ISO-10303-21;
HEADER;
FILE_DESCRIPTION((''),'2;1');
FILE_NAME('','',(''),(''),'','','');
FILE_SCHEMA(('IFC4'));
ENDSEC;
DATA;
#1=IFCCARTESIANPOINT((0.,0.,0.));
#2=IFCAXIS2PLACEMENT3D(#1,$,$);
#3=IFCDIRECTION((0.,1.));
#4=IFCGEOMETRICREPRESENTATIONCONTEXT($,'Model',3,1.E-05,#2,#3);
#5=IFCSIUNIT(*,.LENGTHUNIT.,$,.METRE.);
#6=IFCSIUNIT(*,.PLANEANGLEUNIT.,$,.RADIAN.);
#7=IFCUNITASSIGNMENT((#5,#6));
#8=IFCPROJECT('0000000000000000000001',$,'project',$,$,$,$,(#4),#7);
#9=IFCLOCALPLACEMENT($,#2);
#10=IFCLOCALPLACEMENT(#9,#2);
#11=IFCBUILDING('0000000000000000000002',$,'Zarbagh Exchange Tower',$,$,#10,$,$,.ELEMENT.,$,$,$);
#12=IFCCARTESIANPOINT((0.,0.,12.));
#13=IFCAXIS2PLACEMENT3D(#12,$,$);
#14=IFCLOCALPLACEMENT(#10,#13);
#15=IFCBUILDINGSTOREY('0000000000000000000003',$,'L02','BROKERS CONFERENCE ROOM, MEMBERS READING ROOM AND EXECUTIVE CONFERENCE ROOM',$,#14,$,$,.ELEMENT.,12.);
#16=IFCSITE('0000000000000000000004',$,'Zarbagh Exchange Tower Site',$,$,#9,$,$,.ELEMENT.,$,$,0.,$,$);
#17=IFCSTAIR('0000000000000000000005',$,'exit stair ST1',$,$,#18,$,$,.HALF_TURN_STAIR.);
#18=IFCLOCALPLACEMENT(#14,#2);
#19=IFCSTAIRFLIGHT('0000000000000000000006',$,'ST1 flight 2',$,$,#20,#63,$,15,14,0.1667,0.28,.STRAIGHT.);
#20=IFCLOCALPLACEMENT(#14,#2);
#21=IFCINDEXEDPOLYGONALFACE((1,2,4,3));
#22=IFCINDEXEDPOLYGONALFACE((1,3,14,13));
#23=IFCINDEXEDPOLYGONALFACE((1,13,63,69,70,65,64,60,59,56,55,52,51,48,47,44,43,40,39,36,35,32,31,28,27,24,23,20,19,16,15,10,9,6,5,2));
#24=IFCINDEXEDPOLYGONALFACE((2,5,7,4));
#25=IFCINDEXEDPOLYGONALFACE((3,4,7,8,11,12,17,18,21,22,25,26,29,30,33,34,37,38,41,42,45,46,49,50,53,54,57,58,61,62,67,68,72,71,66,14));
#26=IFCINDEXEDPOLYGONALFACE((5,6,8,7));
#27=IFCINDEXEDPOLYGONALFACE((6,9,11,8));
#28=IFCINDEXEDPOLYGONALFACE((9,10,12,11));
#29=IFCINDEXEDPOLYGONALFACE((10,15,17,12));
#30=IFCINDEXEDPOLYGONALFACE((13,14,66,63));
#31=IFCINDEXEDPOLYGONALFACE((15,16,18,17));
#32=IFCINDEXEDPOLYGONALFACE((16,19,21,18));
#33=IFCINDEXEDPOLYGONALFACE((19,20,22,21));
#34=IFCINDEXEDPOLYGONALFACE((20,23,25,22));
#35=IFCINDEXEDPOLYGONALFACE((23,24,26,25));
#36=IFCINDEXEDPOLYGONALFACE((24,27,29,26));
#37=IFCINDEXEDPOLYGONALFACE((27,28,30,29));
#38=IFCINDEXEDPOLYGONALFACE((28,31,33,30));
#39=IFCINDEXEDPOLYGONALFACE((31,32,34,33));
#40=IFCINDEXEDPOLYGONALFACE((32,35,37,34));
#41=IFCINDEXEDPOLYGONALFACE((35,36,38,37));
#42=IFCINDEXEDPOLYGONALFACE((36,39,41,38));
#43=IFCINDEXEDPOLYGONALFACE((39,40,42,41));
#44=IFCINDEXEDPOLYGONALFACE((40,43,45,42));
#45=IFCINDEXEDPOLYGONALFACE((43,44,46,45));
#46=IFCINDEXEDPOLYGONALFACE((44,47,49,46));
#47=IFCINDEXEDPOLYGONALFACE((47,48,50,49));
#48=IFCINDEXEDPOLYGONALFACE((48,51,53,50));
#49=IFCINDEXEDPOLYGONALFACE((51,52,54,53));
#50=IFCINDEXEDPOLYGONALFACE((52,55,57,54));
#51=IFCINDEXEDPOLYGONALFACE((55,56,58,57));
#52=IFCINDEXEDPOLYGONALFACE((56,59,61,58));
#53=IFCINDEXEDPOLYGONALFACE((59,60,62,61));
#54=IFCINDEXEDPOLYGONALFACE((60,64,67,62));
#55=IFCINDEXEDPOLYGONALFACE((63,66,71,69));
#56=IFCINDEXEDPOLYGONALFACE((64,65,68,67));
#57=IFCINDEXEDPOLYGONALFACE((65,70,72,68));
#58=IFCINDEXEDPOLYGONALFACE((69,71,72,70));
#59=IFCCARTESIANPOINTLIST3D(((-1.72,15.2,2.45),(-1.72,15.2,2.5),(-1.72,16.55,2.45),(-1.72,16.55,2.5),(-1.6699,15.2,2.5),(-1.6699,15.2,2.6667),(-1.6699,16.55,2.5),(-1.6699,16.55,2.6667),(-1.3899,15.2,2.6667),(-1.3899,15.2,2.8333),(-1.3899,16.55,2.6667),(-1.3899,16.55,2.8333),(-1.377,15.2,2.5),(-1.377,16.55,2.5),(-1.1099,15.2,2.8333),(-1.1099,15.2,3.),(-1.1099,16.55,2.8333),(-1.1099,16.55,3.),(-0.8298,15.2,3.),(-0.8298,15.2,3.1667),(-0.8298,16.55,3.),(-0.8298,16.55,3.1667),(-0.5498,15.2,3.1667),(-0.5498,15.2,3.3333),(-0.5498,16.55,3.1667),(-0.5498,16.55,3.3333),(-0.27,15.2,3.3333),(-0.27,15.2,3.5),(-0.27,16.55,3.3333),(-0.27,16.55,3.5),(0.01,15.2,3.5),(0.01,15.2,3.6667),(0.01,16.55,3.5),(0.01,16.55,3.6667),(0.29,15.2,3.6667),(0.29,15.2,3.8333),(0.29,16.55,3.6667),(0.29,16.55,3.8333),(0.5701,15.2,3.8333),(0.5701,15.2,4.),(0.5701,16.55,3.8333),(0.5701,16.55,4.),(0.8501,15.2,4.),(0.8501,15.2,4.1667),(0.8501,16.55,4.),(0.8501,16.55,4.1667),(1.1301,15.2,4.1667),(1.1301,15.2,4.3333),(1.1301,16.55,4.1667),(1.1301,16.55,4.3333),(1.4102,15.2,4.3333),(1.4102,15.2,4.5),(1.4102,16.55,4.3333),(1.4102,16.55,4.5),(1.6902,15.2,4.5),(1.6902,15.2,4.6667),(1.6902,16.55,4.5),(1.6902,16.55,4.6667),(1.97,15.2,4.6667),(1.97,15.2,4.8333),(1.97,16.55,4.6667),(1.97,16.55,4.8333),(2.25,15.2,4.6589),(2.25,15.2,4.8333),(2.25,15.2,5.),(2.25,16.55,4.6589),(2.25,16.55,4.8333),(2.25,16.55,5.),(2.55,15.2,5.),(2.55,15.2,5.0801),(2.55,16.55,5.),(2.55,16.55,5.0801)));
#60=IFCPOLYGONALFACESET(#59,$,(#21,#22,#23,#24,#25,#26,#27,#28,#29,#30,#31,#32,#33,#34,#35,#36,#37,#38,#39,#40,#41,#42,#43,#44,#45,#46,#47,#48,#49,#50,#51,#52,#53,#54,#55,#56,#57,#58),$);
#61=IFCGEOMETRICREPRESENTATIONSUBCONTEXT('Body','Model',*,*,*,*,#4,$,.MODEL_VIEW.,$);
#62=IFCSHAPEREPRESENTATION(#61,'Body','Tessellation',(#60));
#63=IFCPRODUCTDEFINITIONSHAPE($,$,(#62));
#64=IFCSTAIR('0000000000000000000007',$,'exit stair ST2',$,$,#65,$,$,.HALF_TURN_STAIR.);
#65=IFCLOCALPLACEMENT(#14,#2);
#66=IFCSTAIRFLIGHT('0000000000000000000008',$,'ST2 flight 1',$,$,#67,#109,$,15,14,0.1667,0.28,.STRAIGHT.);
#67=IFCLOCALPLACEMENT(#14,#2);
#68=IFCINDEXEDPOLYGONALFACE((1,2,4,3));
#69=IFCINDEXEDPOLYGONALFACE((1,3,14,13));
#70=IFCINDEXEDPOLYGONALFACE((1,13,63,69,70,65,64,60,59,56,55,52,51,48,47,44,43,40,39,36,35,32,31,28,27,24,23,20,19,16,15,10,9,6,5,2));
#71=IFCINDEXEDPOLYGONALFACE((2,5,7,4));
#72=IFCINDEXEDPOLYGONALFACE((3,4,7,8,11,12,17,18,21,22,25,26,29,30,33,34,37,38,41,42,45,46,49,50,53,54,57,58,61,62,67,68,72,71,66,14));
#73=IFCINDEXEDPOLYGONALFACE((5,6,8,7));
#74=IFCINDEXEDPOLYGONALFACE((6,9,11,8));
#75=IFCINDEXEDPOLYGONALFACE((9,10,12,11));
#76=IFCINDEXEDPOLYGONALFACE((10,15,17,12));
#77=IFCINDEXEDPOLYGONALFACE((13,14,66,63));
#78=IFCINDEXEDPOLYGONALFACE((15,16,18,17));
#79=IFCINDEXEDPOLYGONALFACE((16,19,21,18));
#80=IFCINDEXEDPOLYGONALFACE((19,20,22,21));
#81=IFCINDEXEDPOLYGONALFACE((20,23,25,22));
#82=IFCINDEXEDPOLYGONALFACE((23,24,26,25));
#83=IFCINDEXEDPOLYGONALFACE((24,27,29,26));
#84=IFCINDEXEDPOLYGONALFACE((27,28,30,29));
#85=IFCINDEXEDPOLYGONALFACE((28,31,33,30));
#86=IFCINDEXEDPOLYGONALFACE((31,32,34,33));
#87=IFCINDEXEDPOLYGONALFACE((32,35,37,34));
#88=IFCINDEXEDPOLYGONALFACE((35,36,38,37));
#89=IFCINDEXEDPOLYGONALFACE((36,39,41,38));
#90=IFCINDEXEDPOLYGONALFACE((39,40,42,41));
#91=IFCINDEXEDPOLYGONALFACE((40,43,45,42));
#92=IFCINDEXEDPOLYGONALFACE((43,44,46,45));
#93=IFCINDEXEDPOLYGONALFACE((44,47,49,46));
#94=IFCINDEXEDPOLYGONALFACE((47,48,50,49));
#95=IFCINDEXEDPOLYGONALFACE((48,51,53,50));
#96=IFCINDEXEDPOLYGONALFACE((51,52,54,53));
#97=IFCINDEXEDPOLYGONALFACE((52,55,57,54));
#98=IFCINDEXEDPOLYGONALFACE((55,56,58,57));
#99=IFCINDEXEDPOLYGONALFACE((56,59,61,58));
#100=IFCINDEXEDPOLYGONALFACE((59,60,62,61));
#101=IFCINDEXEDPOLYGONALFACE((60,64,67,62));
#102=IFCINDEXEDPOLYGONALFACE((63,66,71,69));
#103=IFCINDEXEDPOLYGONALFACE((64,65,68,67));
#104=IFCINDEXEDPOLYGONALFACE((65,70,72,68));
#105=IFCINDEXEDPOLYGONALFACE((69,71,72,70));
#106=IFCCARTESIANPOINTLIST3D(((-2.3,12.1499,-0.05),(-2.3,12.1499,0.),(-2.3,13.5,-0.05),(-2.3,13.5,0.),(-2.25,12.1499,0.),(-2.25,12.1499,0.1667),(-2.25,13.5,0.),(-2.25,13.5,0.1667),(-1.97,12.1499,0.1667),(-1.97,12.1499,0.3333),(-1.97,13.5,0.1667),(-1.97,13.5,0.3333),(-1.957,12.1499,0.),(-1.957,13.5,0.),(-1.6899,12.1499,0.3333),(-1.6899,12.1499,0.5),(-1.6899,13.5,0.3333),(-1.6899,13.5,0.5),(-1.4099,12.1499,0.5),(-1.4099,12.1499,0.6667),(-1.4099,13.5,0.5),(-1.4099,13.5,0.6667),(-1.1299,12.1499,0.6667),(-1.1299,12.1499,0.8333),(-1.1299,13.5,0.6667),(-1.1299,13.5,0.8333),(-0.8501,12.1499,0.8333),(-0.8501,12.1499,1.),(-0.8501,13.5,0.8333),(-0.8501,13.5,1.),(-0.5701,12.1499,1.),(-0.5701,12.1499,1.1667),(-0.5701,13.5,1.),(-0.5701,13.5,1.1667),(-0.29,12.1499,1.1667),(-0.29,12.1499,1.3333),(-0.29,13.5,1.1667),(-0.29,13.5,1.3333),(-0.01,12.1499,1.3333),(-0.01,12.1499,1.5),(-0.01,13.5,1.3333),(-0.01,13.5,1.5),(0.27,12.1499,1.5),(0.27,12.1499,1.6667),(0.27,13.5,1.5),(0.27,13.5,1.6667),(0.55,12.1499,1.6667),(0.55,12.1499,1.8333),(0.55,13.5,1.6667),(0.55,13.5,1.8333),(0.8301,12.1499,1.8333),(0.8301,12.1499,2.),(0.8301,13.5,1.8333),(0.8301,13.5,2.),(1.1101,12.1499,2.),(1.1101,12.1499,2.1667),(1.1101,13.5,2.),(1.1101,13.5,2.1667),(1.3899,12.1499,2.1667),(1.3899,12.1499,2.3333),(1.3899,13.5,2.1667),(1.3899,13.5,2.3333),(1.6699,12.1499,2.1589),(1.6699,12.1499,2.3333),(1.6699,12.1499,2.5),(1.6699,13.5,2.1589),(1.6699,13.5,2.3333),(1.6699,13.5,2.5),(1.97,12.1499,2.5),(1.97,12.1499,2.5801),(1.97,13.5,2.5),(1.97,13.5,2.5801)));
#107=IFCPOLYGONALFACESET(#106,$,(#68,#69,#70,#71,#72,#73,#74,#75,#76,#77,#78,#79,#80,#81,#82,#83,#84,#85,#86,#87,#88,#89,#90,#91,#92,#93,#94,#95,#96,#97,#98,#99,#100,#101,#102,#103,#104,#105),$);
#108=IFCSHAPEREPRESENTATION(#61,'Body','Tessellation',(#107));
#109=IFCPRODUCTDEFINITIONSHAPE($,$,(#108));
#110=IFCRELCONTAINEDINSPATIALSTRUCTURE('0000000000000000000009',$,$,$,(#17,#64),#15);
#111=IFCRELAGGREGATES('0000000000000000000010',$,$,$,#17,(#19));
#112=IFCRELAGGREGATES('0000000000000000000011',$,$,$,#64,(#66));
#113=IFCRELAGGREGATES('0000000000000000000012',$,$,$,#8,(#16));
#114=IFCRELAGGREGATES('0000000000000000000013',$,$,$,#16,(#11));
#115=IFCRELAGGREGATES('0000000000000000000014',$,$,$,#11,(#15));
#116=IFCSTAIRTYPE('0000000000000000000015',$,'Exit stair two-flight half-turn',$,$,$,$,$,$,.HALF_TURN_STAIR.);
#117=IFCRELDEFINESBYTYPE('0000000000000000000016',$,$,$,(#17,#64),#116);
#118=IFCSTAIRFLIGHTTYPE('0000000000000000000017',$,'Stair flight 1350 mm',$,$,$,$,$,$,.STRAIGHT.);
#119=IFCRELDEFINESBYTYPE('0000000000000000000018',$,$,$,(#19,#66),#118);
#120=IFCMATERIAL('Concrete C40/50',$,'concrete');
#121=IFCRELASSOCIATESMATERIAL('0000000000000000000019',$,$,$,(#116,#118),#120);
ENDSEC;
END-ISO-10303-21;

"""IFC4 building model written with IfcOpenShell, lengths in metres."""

from ifc_helpers import new_model, si_unit, direction, frame, origin, place, context, subcontext, project, spatial, polyline, outline, extrude, material, type_object, element, aggregate, save


model = new_model("IFC4")

# Units and contexts
model_context = context("Model", 3, precision=1e-05, world=origin(), true_north=direction((0.0, 1.0)))
body_context = subcontext(model_context, "Body", "Model", "MODEL_VIEW")
ifc_project = project(units=[si_unit("LENGTHUNIT", "METRE"), si_unit("PLANEANGLEUNIT", "RADIAN")], contexts=[model_context])

# Site, building, storey
site_placement = place(None, origin())
site = spatial("IfcSite", under=ifc_project, at=site_placement, Name="Zarbagh Exchange Tower Site", CompositionType="ELEMENT", RefElevation=0.0)
building_placement = place(site_placement, origin())
building = spatial("IfcBuilding", under=site, at=building_placement, Name="Zarbagh Exchange Tower", CompositionType="ELEMENT")
storey_placement = place(building_placement, frame((0.0, 0.0, 12.0)))
storey = spatial("IfcBuildingStorey", under=building, at=storey_placement, Name="L02", Description="BROKERS CONFERENCE ROOM, MEMBERS READING ROOM AND EXECUTIVE CONFERENCE ROOM", CompositionType="ELEMENT", Elevation=12.0)

# Shared definitions
ifc_material_1 = material(Name="Concrete C40/50", Category="concrete")

# Stairs, stair flights
stair_type = type_object("IfcStairType", Name="Exit stair two-flight half-turn", PredefinedType="HALF_TURN_STAIR", material=ifc_material_1)
stair_1_placement = place(storey_placement, origin())
stair_1 = element("IfcStair", 1, at=stair_1_placement, inside=storey, type_object=stair_type, Name="exit stair ST1", PredefinedType="HALF_TURN_STAIR")
stair_flight_type = type_object("IfcStairFlightType", Name="Stair flight 1350 mm", PredefinedType="STRAIGHT", material=ifc_material_1)
stair_flight_1_placement = place(storey_placement, frame((-1.6699, 15.875, 2.5), z_axis=(0.0, 0.0, 1.0), x_axis=(1.0, 0.0, 0.0)))
stair_flight_1 = element("IfcStairFlight", 2, at=stair_flight_1_placement, type_object=stair_flight_type, Name="ST1 flight 2", NumberOfRisers=15, NumberOfTreads=14, PredefinedType="STRAIGHT", RiserHeight=0.1667, TreadLength=0.28, context=body_context, shape_type="SweptSolid", body=[
    extrude(outline(polyline([(-0.05, -0.05), (-0.05, 0.0), (0.0, 0.0), (0.0, 0.1667), (0.28, 0.1667), (0.28, 0.3333), (0.5601, 0.3333), (0.5601, 0.5), (0.8401, 0.5), (0.8401, 0.6667), (1.1201, 0.6667), (1.1201, 0.8333), (1.3999, 0.8333), (1.3999, 1.0), (1.6799, 1.0), (1.6799, 1.1667), (1.96, 1.1667), (1.96, 1.3333), (2.24, 1.3333), (2.24, 1.5), (2.52, 1.5), (2.52, 1.6667), (2.8, 1.6667), (2.8, 1.8333), (3.0801, 1.8333), (3.0801, 2.0), (3.3601, 2.0), (3.3601, 2.1667), (3.6399, 2.1667), (3.6399, 2.3333), (3.9199, 2.3333), (3.9199, 2.5), (4.22, 2.5801), (4.22, 2.5), (3.9199, 2.1589), (0.293, 0.0), (-0.05, -0.05)])), frame((0.0, 0.675, 0.0), z_axis=(0.0, -1.0, 0.0), x_axis=(1.0, 0.0, 0.0)), (0.0, 0.0, 1.0), 1.3501),
])
aggregate(stair_1, [stair_flight_1])
stair_2_placement = place(storey_placement, origin())
stair_2 = element("IfcStair", 3, at=stair_2_placement, inside=storey, type_object=stair_type, Name="exit stair ST2", PredefinedType="HALF_TURN_STAIR")
stair_flight_2_placement = place(storey_placement, frame((-2.25, 12.825, 0.0), z_axis=(0.0, 0.0, 1.0), x_axis=(1.0, 0.0, 0.0)))
stair_flight_2 = element("IfcStairFlight", 4, at=stair_flight_2_placement, type_object=stair_flight_type, Name="ST2 flight 1", NumberOfRisers=15, NumberOfTreads=14, PredefinedType="STRAIGHT", RiserHeight=0.1667, TreadLength=0.28, context=body_context, shape_type="SweptSolid", body=[
    extrude(outline(polyline([(-0.05, -0.05), (-0.05, 0.0), (0.0, 0.0), (0.0, 0.1667), (0.28, 0.1667), (0.28, 0.3333), (0.5601, 0.3333), (0.5601, 0.5), (0.8401, 0.5), (0.8401, 0.6667), (1.1201, 0.6667), (1.1201, 0.8333), (1.3999, 0.8333), (1.3999, 1.0), (1.6799, 1.0), (1.6799, 1.1667), (1.96, 1.1667), (1.96, 1.3333), (2.24, 1.3333), (2.24, 1.5), (2.52, 1.5), (2.52, 1.6667), (2.8, 1.6667), (2.8, 1.8333), (3.0801, 1.8333), (3.0801, 2.0), (3.3601, 2.0), (3.3601, 2.1667), (3.6399, 2.1667), (3.6399, 2.3333), (3.9199, 2.3333), (3.9199, 2.5), (4.22, 2.5801), (4.22, 2.5), (3.9199, 2.1589), (0.293, 0.0), (-0.05, -0.05)])), frame((0.0, 0.675, 0.0), z_axis=(0.0, -1.0, 0.0), x_axis=(1.0, 0.0, 0.0)), (0.0, 0.0, 1.0), 1.3501),
])
aggregate(stair_2, [stair_flight_2])

save(model, "model.ifc")
